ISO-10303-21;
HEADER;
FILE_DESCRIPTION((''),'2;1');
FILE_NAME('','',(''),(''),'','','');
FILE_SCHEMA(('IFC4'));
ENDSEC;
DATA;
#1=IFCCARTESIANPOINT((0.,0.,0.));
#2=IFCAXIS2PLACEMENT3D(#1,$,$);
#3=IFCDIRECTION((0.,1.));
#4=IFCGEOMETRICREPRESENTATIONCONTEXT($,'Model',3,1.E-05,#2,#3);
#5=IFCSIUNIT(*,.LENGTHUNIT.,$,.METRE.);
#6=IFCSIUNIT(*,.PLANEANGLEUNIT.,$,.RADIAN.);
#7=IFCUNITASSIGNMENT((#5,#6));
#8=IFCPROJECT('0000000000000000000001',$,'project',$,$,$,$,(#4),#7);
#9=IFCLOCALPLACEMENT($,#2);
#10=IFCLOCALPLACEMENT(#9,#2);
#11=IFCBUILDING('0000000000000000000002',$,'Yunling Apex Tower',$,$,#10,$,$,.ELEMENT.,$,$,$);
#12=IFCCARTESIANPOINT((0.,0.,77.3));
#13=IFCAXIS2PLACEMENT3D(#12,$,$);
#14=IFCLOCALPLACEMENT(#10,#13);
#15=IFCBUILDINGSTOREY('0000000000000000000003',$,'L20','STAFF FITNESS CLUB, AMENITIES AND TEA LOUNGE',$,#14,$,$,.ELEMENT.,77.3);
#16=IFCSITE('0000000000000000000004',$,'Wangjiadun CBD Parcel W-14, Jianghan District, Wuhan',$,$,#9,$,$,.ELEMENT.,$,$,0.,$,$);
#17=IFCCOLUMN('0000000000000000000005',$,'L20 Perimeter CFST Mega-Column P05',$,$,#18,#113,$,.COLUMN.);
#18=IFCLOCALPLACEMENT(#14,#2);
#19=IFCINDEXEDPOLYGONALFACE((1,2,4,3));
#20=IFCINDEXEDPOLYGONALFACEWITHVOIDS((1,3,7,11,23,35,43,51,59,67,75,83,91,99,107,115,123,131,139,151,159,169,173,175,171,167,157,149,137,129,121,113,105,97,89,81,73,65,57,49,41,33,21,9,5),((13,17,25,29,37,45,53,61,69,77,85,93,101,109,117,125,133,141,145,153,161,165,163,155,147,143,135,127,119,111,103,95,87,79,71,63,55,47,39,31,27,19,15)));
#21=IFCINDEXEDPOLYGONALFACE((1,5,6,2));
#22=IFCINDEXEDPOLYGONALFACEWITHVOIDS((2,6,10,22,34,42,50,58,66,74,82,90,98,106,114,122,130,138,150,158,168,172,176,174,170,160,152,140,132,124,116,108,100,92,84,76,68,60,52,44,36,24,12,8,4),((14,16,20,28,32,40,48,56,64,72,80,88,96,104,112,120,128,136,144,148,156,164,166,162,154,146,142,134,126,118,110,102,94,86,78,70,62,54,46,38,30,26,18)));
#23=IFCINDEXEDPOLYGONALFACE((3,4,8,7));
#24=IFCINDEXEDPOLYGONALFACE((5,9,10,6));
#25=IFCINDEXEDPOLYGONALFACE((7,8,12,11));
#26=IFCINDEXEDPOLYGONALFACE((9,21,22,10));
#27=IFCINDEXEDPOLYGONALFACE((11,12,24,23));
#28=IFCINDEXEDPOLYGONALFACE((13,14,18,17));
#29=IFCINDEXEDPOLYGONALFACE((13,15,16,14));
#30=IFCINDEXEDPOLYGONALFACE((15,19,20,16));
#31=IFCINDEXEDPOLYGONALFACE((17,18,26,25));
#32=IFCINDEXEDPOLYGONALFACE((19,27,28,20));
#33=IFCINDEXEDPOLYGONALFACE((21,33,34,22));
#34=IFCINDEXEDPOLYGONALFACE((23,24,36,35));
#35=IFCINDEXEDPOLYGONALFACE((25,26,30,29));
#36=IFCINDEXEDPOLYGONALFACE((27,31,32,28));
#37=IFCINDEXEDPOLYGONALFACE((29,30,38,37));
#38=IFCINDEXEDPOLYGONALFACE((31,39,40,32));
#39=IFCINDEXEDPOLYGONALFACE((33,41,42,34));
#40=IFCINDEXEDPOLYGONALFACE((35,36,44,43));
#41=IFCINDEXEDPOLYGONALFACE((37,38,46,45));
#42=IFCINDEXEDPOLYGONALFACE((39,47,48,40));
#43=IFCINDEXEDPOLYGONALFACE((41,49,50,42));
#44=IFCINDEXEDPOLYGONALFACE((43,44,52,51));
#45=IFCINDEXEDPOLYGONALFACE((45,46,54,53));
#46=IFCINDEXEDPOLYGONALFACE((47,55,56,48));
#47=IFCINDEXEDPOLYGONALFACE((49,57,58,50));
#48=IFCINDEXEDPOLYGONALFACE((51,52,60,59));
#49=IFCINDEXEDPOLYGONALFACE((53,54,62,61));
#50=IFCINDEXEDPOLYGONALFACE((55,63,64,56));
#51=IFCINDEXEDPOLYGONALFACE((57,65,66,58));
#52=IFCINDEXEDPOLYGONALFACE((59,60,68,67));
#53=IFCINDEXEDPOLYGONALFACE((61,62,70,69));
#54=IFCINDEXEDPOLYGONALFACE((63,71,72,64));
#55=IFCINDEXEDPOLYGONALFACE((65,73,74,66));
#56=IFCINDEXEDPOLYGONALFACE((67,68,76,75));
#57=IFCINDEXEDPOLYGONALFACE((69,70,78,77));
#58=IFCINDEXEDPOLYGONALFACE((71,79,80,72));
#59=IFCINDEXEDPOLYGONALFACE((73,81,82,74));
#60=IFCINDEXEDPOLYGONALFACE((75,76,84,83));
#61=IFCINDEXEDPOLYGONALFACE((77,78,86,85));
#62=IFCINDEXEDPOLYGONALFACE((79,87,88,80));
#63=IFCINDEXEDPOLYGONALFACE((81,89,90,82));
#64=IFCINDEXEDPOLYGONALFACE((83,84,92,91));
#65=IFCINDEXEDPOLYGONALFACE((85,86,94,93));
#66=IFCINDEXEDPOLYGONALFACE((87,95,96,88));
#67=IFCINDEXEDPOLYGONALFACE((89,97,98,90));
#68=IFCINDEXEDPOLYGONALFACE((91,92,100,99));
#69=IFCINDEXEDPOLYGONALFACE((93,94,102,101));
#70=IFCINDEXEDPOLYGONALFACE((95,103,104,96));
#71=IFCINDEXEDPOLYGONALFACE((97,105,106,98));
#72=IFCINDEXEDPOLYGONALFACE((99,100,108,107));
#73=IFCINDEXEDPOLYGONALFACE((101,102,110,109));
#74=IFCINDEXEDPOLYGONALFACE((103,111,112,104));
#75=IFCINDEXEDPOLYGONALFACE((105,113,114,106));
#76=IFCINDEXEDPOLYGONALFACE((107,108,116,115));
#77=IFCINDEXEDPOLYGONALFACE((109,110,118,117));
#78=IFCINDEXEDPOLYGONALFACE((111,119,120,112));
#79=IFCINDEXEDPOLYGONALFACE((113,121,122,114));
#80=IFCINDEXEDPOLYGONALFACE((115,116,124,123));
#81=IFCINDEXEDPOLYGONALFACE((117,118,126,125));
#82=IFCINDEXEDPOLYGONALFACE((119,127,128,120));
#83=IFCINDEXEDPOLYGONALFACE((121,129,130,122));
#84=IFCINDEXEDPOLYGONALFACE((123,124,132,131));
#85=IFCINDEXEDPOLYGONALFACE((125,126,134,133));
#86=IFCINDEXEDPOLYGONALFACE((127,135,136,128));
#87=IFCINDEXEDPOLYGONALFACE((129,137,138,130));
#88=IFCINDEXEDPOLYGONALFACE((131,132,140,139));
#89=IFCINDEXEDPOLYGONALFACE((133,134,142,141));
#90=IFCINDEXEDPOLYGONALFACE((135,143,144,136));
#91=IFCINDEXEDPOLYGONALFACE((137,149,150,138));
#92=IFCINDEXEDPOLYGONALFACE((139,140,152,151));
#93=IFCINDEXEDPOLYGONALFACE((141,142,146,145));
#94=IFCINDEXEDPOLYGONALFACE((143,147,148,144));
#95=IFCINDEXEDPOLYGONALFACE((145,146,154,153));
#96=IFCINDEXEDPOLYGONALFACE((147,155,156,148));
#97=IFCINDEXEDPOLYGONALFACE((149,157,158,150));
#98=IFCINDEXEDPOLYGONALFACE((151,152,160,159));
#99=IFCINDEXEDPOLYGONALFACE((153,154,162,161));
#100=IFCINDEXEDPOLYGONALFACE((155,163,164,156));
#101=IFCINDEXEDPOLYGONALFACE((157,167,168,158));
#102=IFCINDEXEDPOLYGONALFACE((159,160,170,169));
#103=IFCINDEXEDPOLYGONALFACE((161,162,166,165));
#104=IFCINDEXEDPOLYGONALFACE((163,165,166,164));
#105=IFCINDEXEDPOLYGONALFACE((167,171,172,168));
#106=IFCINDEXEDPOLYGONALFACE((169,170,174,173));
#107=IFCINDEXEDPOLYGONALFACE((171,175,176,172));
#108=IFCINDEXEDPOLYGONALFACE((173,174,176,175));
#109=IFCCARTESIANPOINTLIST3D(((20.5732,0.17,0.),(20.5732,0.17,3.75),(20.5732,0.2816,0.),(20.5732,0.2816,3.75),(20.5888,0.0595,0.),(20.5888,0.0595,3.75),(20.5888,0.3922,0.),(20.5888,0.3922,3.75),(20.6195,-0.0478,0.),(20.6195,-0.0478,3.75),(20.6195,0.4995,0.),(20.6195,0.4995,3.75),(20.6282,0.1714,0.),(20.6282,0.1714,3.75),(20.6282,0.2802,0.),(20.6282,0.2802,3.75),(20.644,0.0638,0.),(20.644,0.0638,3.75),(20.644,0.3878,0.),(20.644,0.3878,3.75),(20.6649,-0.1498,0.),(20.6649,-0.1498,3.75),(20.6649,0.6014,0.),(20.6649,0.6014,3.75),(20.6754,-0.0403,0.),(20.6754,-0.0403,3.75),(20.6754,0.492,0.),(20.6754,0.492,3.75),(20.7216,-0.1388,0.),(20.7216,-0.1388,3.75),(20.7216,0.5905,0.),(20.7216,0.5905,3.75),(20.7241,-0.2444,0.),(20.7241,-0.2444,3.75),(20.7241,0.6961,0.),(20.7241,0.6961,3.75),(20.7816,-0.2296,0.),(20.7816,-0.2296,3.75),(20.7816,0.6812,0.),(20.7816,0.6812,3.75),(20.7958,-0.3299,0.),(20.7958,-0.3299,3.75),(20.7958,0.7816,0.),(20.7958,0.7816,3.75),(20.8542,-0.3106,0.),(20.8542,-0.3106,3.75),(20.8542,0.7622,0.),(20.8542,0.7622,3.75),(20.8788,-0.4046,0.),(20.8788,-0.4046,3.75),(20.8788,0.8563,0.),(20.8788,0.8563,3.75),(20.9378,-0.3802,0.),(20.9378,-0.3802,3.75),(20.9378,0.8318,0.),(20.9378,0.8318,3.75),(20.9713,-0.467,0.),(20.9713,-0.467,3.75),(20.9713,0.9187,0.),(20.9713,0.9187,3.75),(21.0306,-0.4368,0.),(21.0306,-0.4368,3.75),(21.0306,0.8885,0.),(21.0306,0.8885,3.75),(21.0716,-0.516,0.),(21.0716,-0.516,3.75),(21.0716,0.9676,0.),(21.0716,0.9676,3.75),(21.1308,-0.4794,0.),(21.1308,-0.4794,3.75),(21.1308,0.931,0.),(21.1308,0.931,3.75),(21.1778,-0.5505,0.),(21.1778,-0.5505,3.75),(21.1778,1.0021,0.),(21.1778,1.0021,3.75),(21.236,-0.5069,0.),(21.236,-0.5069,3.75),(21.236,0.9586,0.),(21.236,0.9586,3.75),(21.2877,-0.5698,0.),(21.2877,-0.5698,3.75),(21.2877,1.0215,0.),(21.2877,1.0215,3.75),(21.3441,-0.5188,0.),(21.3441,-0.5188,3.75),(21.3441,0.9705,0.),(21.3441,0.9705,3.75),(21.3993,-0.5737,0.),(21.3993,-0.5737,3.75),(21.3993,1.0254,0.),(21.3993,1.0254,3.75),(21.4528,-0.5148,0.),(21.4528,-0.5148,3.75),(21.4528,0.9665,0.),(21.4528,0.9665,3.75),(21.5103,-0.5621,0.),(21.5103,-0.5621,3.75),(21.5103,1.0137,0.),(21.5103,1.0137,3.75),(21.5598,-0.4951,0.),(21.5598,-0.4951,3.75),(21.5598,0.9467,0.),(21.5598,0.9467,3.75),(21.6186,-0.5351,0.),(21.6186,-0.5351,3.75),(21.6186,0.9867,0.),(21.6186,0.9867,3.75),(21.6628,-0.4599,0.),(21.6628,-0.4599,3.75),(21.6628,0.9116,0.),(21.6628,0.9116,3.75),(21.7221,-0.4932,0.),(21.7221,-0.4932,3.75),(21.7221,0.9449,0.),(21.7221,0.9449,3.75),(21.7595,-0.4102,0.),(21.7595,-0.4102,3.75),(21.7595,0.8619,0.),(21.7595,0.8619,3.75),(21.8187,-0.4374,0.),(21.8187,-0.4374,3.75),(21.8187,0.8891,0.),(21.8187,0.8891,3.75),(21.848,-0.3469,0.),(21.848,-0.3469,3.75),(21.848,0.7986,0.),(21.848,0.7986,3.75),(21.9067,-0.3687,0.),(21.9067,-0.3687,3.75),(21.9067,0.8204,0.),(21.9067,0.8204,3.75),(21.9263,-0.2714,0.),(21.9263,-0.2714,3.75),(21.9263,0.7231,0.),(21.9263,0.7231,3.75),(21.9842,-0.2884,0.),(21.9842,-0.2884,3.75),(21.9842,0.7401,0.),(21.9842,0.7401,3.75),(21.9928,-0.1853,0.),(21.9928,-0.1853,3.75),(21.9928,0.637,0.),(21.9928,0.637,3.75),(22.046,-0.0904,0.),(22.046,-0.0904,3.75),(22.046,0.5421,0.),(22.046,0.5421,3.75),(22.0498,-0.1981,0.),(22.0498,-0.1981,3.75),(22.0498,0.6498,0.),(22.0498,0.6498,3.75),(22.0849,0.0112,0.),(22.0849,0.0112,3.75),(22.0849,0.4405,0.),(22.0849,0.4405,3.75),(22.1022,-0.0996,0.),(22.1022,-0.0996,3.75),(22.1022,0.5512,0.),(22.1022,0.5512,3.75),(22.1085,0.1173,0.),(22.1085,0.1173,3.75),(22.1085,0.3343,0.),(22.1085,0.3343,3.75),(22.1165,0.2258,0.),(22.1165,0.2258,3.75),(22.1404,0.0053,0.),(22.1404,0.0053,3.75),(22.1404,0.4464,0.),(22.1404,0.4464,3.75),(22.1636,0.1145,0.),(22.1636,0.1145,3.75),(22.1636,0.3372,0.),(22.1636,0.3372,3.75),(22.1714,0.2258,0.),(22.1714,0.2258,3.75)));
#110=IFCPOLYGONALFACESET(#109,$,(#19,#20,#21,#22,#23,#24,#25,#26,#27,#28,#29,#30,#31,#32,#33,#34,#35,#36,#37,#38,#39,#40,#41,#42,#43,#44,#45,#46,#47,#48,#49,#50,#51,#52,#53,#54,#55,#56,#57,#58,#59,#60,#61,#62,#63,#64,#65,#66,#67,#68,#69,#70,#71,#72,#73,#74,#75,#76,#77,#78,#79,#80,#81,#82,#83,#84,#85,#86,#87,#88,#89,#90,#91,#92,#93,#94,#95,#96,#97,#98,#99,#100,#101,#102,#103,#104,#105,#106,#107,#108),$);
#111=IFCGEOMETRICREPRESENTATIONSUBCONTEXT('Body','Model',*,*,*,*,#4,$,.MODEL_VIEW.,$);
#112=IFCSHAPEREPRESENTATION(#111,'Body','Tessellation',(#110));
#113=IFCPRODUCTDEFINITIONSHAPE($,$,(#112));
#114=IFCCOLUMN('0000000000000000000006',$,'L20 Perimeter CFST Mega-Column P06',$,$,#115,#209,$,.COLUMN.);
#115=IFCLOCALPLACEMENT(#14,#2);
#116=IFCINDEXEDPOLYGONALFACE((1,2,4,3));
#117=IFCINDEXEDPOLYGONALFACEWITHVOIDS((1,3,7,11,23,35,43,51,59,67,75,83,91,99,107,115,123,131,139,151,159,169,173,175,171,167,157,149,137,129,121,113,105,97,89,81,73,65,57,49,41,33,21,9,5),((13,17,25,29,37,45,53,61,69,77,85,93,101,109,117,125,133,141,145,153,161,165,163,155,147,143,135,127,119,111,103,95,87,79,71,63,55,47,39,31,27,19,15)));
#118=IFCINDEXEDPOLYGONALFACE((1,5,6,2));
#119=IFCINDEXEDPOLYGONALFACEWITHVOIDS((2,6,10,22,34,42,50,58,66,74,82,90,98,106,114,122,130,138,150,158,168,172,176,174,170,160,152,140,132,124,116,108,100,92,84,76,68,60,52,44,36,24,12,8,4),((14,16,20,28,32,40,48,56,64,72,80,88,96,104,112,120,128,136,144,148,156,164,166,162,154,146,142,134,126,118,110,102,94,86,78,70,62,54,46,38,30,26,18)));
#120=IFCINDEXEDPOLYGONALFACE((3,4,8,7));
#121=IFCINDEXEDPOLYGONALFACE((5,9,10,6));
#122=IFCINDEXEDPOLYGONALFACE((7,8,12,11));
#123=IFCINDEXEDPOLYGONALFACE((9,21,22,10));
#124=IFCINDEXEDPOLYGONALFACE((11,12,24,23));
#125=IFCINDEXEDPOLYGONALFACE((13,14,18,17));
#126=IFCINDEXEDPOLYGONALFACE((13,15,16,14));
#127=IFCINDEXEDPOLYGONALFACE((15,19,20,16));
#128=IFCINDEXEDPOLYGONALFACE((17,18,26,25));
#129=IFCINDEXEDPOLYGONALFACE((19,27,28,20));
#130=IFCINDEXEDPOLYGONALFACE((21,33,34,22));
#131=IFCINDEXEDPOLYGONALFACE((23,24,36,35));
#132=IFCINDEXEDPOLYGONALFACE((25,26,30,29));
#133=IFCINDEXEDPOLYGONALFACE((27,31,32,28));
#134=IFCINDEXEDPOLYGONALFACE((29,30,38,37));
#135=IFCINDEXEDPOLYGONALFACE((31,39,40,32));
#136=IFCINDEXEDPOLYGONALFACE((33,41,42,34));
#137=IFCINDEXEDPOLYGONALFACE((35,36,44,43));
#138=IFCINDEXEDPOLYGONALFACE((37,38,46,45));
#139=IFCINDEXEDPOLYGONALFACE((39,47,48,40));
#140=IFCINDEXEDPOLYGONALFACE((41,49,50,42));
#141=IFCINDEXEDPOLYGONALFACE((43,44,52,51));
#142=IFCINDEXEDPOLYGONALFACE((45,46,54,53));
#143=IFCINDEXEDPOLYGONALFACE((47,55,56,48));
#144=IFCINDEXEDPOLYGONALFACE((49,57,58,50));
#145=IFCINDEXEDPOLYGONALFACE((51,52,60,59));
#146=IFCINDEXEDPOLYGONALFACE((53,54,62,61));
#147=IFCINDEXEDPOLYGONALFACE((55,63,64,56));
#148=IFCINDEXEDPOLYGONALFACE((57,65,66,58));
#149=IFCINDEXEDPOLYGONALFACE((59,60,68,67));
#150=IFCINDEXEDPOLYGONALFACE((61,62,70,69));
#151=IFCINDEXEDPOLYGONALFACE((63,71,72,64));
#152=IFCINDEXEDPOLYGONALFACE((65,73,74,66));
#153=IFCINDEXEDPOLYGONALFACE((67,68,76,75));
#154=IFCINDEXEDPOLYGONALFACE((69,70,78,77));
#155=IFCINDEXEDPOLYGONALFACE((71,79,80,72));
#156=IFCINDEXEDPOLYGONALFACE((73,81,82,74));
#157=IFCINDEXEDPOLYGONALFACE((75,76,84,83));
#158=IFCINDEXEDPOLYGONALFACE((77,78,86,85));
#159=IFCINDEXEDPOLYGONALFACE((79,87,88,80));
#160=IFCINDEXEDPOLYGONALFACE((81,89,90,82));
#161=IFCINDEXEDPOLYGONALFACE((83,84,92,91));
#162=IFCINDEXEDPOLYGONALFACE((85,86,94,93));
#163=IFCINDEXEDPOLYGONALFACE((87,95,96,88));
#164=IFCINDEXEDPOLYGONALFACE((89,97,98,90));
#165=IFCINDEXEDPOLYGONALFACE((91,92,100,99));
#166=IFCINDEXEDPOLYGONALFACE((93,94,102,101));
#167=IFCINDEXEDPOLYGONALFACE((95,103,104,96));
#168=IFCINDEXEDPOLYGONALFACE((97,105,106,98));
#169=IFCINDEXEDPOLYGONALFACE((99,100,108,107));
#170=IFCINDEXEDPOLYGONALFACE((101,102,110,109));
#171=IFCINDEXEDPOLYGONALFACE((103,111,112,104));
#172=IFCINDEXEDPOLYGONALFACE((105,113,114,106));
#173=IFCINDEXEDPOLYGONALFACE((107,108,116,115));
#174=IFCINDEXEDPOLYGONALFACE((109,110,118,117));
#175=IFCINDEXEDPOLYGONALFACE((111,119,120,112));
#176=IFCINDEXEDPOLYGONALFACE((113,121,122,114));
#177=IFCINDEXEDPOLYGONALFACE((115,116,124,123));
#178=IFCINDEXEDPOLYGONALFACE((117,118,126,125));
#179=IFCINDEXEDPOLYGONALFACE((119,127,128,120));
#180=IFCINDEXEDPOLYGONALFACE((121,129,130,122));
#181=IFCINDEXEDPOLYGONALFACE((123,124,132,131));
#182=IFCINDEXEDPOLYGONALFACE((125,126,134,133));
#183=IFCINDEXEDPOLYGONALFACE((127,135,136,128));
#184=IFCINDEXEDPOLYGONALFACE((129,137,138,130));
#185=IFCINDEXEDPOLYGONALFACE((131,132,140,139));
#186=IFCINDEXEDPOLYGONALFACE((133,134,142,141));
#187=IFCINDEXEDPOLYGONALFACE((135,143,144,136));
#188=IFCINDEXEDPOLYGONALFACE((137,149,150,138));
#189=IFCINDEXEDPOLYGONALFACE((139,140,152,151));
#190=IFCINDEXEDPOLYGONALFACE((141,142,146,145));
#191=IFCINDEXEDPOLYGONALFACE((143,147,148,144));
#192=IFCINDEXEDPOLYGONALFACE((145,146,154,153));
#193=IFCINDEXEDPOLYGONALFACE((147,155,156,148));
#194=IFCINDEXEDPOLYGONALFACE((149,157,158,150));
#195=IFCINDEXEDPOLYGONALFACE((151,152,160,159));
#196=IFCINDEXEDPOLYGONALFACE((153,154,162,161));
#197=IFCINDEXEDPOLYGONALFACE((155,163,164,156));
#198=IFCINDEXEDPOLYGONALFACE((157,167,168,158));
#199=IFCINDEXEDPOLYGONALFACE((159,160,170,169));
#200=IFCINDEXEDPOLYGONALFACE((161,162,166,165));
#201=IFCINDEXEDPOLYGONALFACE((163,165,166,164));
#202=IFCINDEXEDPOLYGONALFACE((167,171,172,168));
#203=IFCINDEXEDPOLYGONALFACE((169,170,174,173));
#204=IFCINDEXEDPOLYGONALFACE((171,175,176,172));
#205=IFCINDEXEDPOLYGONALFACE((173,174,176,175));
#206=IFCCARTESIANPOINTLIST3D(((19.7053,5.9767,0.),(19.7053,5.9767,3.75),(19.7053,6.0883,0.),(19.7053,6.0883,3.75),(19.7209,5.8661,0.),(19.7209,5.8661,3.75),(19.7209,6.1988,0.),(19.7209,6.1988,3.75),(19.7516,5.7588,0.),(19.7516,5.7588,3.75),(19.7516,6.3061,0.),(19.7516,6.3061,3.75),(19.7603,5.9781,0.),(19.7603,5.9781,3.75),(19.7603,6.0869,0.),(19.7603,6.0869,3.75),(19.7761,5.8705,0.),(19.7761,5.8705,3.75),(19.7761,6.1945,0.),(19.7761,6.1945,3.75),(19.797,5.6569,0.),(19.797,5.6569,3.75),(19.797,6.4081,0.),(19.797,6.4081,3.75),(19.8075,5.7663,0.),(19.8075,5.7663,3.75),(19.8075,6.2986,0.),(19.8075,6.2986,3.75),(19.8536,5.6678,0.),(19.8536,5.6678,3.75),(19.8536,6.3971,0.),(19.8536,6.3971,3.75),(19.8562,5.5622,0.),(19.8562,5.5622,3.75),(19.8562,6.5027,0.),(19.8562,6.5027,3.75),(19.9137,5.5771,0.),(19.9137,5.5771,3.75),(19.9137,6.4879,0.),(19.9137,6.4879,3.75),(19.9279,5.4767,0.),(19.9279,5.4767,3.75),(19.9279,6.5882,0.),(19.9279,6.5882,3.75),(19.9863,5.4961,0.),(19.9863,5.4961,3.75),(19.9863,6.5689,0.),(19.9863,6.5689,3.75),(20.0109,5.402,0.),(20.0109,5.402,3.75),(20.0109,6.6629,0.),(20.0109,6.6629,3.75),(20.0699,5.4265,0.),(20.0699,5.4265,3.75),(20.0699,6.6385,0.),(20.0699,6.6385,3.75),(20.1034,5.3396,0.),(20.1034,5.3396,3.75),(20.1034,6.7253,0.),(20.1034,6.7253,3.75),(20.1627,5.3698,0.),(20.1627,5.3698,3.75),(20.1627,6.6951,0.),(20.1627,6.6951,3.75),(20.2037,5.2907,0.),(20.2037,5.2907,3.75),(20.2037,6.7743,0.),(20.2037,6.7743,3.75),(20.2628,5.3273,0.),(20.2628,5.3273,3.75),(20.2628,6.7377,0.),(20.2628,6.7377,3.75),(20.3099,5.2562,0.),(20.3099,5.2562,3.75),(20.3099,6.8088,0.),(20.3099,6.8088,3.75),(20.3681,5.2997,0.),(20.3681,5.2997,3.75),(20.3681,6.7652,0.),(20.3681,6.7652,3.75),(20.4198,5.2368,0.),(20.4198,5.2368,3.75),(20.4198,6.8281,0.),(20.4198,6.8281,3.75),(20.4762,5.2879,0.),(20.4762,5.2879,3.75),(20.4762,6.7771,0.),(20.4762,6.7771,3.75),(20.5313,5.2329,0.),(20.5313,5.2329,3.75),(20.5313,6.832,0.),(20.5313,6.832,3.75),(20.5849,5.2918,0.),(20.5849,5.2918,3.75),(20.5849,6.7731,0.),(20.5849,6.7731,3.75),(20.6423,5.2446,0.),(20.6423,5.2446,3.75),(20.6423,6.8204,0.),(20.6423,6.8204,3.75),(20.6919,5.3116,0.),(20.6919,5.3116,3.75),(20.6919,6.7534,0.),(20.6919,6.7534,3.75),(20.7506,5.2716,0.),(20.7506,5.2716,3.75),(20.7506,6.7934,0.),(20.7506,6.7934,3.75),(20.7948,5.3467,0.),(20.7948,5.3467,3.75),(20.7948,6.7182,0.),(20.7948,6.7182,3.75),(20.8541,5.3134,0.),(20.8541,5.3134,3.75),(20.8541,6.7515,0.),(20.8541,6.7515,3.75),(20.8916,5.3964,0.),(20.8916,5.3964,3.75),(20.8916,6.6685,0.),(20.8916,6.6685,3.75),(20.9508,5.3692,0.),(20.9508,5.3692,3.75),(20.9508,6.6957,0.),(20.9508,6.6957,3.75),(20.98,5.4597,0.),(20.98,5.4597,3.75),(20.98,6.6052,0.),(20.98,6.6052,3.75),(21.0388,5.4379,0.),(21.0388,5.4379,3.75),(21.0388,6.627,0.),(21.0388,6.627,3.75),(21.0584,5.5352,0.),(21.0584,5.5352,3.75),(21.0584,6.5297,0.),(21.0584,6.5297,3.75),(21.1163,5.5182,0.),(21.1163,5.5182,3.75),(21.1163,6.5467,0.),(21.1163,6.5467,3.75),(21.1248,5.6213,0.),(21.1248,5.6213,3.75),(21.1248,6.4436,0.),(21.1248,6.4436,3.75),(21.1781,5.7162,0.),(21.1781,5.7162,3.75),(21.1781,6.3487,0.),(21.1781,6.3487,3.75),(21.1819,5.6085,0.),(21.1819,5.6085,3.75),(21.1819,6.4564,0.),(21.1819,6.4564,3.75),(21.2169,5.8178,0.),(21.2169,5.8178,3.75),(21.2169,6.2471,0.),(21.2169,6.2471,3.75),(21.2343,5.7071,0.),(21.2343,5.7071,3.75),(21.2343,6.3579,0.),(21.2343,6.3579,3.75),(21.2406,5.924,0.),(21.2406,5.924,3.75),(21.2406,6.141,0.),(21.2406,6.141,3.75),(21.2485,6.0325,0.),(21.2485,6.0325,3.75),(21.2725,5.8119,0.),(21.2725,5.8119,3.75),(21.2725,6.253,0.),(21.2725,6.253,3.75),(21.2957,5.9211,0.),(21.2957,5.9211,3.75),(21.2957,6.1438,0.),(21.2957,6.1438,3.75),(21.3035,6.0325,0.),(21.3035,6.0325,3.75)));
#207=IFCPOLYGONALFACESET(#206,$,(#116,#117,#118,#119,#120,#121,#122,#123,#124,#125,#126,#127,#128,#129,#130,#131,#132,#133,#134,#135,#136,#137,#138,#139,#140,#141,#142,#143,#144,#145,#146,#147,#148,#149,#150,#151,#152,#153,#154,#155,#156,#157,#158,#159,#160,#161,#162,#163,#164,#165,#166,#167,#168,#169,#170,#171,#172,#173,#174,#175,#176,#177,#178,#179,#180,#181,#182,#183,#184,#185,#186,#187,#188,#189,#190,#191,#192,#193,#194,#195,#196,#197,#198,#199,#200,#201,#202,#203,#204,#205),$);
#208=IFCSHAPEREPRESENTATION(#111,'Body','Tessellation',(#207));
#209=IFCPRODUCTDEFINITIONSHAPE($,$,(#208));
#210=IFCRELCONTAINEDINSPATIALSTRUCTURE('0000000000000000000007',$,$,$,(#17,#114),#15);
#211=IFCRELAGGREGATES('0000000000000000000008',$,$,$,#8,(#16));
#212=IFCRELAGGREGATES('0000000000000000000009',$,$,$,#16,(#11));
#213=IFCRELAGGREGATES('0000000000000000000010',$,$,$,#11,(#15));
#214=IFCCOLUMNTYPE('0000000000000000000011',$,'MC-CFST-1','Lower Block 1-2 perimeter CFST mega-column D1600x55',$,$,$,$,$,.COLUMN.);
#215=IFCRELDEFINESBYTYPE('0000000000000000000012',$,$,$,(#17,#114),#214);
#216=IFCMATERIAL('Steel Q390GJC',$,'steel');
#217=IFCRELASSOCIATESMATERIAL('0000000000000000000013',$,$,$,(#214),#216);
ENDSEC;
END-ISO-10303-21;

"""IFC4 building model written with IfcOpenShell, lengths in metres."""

from ifc_helpers import new_model, si_unit, direction, frame, origin, origin_2d, place, context, subcontext, project, spatial, hollow_circle, extrude, source, transform, mapped, material, material_profile, profile_set, type_object, element, save


model = new_model("IFC4")

# Units and contexts
model_context = context("Model", 3, precision=1e-05, world=origin(), true_north=direction((0.0, 1.0)))
body_context = subcontext(model_context, "Body", "Model", "MODEL_VIEW")
ifc_project = project(units=[si_unit("LENGTHUNIT", "METRE"), si_unit("PLANEANGLEUNIT", "RADIAN")], contexts=[model_context])

# Site, building, storey
site_placement = place(None, origin())
site = spatial("IfcSite", under=ifc_project, at=site_placement, Name="Wangjiadun CBD Parcel W-14, Jianghan District, Wuhan", CompositionType="ELEMENT", RefElevation=0.0)
building_placement = place(site_placement, origin())
building = spatial("IfcBuilding", under=site, at=building_placement, Name="Yunling Apex Tower", CompositionType="ELEMENT")
storey_placement = place(building_placement, frame((0.0, 0.0, 77.3)))
storey = spatial("IfcBuildingStorey", under=building, at=storey_placement, Name="L20", Description="STAFF FITNESS CLUB, AMENITIES AND TEA LOUNGE", CompositionType="ELEMENT", Elevation=77.3)

# Columns
ifc_material_1 = material(Name="Steel Q390GJC", Category="steel")
ifc_material_profile_1 = material_profile(ifc_material_1, hollow_circle(Radius=0.8, WallThickness=0.0549, at=origin_2d()))
ifc_profile_set_1 = profile_set([ifc_material_profile_1], Name="Steel Q390GJC")
column_type = type_object("IfcColumnType", Name="MC-CFST-1", Description="Lower Block 1-2 perimeter CFST mega-column D1600x55", PredefinedType="COLUMN", material=ifc_profile_set_1)
shared_shape_1 = source(origin(), body_context, "Body", "SweptSolid", [
    extrude(hollow_circle(Radius=0.8, WallThickness=0.0549, at=origin_2d()), origin(), (0.0, 0.0, 1.0), 3.75),
])
for number, where, z_axis, x_axis, name in (
    (1, (21.3713, 0.2258, 0.0), (0.0, 0.0, 1.0), (1.0, 0.0, 0.0), "L20 Perimeter CFST Mega-Column P05"),
    (2, (20.5034, 6.0325, 0.0), (0.0, 0.0, 1.0), (1.0, 0.0, 0.0), "L20 Perimeter CFST Mega-Column P06"),
):
    element("IfcColumn", number, at=place(storey_placement, frame(where, z_axis=z_axis, x_axis=x_axis)), inside=storey, type_object=column_type, Name=name, PredefinedType="COLUMN", context=body_context, shape_type="MappedRepresentation", body=[
        mapped(shared_shape_1, transform((0.0, 0.0, 0.0), scale=1.0)),
    ])

save(model, "model.ifc")
